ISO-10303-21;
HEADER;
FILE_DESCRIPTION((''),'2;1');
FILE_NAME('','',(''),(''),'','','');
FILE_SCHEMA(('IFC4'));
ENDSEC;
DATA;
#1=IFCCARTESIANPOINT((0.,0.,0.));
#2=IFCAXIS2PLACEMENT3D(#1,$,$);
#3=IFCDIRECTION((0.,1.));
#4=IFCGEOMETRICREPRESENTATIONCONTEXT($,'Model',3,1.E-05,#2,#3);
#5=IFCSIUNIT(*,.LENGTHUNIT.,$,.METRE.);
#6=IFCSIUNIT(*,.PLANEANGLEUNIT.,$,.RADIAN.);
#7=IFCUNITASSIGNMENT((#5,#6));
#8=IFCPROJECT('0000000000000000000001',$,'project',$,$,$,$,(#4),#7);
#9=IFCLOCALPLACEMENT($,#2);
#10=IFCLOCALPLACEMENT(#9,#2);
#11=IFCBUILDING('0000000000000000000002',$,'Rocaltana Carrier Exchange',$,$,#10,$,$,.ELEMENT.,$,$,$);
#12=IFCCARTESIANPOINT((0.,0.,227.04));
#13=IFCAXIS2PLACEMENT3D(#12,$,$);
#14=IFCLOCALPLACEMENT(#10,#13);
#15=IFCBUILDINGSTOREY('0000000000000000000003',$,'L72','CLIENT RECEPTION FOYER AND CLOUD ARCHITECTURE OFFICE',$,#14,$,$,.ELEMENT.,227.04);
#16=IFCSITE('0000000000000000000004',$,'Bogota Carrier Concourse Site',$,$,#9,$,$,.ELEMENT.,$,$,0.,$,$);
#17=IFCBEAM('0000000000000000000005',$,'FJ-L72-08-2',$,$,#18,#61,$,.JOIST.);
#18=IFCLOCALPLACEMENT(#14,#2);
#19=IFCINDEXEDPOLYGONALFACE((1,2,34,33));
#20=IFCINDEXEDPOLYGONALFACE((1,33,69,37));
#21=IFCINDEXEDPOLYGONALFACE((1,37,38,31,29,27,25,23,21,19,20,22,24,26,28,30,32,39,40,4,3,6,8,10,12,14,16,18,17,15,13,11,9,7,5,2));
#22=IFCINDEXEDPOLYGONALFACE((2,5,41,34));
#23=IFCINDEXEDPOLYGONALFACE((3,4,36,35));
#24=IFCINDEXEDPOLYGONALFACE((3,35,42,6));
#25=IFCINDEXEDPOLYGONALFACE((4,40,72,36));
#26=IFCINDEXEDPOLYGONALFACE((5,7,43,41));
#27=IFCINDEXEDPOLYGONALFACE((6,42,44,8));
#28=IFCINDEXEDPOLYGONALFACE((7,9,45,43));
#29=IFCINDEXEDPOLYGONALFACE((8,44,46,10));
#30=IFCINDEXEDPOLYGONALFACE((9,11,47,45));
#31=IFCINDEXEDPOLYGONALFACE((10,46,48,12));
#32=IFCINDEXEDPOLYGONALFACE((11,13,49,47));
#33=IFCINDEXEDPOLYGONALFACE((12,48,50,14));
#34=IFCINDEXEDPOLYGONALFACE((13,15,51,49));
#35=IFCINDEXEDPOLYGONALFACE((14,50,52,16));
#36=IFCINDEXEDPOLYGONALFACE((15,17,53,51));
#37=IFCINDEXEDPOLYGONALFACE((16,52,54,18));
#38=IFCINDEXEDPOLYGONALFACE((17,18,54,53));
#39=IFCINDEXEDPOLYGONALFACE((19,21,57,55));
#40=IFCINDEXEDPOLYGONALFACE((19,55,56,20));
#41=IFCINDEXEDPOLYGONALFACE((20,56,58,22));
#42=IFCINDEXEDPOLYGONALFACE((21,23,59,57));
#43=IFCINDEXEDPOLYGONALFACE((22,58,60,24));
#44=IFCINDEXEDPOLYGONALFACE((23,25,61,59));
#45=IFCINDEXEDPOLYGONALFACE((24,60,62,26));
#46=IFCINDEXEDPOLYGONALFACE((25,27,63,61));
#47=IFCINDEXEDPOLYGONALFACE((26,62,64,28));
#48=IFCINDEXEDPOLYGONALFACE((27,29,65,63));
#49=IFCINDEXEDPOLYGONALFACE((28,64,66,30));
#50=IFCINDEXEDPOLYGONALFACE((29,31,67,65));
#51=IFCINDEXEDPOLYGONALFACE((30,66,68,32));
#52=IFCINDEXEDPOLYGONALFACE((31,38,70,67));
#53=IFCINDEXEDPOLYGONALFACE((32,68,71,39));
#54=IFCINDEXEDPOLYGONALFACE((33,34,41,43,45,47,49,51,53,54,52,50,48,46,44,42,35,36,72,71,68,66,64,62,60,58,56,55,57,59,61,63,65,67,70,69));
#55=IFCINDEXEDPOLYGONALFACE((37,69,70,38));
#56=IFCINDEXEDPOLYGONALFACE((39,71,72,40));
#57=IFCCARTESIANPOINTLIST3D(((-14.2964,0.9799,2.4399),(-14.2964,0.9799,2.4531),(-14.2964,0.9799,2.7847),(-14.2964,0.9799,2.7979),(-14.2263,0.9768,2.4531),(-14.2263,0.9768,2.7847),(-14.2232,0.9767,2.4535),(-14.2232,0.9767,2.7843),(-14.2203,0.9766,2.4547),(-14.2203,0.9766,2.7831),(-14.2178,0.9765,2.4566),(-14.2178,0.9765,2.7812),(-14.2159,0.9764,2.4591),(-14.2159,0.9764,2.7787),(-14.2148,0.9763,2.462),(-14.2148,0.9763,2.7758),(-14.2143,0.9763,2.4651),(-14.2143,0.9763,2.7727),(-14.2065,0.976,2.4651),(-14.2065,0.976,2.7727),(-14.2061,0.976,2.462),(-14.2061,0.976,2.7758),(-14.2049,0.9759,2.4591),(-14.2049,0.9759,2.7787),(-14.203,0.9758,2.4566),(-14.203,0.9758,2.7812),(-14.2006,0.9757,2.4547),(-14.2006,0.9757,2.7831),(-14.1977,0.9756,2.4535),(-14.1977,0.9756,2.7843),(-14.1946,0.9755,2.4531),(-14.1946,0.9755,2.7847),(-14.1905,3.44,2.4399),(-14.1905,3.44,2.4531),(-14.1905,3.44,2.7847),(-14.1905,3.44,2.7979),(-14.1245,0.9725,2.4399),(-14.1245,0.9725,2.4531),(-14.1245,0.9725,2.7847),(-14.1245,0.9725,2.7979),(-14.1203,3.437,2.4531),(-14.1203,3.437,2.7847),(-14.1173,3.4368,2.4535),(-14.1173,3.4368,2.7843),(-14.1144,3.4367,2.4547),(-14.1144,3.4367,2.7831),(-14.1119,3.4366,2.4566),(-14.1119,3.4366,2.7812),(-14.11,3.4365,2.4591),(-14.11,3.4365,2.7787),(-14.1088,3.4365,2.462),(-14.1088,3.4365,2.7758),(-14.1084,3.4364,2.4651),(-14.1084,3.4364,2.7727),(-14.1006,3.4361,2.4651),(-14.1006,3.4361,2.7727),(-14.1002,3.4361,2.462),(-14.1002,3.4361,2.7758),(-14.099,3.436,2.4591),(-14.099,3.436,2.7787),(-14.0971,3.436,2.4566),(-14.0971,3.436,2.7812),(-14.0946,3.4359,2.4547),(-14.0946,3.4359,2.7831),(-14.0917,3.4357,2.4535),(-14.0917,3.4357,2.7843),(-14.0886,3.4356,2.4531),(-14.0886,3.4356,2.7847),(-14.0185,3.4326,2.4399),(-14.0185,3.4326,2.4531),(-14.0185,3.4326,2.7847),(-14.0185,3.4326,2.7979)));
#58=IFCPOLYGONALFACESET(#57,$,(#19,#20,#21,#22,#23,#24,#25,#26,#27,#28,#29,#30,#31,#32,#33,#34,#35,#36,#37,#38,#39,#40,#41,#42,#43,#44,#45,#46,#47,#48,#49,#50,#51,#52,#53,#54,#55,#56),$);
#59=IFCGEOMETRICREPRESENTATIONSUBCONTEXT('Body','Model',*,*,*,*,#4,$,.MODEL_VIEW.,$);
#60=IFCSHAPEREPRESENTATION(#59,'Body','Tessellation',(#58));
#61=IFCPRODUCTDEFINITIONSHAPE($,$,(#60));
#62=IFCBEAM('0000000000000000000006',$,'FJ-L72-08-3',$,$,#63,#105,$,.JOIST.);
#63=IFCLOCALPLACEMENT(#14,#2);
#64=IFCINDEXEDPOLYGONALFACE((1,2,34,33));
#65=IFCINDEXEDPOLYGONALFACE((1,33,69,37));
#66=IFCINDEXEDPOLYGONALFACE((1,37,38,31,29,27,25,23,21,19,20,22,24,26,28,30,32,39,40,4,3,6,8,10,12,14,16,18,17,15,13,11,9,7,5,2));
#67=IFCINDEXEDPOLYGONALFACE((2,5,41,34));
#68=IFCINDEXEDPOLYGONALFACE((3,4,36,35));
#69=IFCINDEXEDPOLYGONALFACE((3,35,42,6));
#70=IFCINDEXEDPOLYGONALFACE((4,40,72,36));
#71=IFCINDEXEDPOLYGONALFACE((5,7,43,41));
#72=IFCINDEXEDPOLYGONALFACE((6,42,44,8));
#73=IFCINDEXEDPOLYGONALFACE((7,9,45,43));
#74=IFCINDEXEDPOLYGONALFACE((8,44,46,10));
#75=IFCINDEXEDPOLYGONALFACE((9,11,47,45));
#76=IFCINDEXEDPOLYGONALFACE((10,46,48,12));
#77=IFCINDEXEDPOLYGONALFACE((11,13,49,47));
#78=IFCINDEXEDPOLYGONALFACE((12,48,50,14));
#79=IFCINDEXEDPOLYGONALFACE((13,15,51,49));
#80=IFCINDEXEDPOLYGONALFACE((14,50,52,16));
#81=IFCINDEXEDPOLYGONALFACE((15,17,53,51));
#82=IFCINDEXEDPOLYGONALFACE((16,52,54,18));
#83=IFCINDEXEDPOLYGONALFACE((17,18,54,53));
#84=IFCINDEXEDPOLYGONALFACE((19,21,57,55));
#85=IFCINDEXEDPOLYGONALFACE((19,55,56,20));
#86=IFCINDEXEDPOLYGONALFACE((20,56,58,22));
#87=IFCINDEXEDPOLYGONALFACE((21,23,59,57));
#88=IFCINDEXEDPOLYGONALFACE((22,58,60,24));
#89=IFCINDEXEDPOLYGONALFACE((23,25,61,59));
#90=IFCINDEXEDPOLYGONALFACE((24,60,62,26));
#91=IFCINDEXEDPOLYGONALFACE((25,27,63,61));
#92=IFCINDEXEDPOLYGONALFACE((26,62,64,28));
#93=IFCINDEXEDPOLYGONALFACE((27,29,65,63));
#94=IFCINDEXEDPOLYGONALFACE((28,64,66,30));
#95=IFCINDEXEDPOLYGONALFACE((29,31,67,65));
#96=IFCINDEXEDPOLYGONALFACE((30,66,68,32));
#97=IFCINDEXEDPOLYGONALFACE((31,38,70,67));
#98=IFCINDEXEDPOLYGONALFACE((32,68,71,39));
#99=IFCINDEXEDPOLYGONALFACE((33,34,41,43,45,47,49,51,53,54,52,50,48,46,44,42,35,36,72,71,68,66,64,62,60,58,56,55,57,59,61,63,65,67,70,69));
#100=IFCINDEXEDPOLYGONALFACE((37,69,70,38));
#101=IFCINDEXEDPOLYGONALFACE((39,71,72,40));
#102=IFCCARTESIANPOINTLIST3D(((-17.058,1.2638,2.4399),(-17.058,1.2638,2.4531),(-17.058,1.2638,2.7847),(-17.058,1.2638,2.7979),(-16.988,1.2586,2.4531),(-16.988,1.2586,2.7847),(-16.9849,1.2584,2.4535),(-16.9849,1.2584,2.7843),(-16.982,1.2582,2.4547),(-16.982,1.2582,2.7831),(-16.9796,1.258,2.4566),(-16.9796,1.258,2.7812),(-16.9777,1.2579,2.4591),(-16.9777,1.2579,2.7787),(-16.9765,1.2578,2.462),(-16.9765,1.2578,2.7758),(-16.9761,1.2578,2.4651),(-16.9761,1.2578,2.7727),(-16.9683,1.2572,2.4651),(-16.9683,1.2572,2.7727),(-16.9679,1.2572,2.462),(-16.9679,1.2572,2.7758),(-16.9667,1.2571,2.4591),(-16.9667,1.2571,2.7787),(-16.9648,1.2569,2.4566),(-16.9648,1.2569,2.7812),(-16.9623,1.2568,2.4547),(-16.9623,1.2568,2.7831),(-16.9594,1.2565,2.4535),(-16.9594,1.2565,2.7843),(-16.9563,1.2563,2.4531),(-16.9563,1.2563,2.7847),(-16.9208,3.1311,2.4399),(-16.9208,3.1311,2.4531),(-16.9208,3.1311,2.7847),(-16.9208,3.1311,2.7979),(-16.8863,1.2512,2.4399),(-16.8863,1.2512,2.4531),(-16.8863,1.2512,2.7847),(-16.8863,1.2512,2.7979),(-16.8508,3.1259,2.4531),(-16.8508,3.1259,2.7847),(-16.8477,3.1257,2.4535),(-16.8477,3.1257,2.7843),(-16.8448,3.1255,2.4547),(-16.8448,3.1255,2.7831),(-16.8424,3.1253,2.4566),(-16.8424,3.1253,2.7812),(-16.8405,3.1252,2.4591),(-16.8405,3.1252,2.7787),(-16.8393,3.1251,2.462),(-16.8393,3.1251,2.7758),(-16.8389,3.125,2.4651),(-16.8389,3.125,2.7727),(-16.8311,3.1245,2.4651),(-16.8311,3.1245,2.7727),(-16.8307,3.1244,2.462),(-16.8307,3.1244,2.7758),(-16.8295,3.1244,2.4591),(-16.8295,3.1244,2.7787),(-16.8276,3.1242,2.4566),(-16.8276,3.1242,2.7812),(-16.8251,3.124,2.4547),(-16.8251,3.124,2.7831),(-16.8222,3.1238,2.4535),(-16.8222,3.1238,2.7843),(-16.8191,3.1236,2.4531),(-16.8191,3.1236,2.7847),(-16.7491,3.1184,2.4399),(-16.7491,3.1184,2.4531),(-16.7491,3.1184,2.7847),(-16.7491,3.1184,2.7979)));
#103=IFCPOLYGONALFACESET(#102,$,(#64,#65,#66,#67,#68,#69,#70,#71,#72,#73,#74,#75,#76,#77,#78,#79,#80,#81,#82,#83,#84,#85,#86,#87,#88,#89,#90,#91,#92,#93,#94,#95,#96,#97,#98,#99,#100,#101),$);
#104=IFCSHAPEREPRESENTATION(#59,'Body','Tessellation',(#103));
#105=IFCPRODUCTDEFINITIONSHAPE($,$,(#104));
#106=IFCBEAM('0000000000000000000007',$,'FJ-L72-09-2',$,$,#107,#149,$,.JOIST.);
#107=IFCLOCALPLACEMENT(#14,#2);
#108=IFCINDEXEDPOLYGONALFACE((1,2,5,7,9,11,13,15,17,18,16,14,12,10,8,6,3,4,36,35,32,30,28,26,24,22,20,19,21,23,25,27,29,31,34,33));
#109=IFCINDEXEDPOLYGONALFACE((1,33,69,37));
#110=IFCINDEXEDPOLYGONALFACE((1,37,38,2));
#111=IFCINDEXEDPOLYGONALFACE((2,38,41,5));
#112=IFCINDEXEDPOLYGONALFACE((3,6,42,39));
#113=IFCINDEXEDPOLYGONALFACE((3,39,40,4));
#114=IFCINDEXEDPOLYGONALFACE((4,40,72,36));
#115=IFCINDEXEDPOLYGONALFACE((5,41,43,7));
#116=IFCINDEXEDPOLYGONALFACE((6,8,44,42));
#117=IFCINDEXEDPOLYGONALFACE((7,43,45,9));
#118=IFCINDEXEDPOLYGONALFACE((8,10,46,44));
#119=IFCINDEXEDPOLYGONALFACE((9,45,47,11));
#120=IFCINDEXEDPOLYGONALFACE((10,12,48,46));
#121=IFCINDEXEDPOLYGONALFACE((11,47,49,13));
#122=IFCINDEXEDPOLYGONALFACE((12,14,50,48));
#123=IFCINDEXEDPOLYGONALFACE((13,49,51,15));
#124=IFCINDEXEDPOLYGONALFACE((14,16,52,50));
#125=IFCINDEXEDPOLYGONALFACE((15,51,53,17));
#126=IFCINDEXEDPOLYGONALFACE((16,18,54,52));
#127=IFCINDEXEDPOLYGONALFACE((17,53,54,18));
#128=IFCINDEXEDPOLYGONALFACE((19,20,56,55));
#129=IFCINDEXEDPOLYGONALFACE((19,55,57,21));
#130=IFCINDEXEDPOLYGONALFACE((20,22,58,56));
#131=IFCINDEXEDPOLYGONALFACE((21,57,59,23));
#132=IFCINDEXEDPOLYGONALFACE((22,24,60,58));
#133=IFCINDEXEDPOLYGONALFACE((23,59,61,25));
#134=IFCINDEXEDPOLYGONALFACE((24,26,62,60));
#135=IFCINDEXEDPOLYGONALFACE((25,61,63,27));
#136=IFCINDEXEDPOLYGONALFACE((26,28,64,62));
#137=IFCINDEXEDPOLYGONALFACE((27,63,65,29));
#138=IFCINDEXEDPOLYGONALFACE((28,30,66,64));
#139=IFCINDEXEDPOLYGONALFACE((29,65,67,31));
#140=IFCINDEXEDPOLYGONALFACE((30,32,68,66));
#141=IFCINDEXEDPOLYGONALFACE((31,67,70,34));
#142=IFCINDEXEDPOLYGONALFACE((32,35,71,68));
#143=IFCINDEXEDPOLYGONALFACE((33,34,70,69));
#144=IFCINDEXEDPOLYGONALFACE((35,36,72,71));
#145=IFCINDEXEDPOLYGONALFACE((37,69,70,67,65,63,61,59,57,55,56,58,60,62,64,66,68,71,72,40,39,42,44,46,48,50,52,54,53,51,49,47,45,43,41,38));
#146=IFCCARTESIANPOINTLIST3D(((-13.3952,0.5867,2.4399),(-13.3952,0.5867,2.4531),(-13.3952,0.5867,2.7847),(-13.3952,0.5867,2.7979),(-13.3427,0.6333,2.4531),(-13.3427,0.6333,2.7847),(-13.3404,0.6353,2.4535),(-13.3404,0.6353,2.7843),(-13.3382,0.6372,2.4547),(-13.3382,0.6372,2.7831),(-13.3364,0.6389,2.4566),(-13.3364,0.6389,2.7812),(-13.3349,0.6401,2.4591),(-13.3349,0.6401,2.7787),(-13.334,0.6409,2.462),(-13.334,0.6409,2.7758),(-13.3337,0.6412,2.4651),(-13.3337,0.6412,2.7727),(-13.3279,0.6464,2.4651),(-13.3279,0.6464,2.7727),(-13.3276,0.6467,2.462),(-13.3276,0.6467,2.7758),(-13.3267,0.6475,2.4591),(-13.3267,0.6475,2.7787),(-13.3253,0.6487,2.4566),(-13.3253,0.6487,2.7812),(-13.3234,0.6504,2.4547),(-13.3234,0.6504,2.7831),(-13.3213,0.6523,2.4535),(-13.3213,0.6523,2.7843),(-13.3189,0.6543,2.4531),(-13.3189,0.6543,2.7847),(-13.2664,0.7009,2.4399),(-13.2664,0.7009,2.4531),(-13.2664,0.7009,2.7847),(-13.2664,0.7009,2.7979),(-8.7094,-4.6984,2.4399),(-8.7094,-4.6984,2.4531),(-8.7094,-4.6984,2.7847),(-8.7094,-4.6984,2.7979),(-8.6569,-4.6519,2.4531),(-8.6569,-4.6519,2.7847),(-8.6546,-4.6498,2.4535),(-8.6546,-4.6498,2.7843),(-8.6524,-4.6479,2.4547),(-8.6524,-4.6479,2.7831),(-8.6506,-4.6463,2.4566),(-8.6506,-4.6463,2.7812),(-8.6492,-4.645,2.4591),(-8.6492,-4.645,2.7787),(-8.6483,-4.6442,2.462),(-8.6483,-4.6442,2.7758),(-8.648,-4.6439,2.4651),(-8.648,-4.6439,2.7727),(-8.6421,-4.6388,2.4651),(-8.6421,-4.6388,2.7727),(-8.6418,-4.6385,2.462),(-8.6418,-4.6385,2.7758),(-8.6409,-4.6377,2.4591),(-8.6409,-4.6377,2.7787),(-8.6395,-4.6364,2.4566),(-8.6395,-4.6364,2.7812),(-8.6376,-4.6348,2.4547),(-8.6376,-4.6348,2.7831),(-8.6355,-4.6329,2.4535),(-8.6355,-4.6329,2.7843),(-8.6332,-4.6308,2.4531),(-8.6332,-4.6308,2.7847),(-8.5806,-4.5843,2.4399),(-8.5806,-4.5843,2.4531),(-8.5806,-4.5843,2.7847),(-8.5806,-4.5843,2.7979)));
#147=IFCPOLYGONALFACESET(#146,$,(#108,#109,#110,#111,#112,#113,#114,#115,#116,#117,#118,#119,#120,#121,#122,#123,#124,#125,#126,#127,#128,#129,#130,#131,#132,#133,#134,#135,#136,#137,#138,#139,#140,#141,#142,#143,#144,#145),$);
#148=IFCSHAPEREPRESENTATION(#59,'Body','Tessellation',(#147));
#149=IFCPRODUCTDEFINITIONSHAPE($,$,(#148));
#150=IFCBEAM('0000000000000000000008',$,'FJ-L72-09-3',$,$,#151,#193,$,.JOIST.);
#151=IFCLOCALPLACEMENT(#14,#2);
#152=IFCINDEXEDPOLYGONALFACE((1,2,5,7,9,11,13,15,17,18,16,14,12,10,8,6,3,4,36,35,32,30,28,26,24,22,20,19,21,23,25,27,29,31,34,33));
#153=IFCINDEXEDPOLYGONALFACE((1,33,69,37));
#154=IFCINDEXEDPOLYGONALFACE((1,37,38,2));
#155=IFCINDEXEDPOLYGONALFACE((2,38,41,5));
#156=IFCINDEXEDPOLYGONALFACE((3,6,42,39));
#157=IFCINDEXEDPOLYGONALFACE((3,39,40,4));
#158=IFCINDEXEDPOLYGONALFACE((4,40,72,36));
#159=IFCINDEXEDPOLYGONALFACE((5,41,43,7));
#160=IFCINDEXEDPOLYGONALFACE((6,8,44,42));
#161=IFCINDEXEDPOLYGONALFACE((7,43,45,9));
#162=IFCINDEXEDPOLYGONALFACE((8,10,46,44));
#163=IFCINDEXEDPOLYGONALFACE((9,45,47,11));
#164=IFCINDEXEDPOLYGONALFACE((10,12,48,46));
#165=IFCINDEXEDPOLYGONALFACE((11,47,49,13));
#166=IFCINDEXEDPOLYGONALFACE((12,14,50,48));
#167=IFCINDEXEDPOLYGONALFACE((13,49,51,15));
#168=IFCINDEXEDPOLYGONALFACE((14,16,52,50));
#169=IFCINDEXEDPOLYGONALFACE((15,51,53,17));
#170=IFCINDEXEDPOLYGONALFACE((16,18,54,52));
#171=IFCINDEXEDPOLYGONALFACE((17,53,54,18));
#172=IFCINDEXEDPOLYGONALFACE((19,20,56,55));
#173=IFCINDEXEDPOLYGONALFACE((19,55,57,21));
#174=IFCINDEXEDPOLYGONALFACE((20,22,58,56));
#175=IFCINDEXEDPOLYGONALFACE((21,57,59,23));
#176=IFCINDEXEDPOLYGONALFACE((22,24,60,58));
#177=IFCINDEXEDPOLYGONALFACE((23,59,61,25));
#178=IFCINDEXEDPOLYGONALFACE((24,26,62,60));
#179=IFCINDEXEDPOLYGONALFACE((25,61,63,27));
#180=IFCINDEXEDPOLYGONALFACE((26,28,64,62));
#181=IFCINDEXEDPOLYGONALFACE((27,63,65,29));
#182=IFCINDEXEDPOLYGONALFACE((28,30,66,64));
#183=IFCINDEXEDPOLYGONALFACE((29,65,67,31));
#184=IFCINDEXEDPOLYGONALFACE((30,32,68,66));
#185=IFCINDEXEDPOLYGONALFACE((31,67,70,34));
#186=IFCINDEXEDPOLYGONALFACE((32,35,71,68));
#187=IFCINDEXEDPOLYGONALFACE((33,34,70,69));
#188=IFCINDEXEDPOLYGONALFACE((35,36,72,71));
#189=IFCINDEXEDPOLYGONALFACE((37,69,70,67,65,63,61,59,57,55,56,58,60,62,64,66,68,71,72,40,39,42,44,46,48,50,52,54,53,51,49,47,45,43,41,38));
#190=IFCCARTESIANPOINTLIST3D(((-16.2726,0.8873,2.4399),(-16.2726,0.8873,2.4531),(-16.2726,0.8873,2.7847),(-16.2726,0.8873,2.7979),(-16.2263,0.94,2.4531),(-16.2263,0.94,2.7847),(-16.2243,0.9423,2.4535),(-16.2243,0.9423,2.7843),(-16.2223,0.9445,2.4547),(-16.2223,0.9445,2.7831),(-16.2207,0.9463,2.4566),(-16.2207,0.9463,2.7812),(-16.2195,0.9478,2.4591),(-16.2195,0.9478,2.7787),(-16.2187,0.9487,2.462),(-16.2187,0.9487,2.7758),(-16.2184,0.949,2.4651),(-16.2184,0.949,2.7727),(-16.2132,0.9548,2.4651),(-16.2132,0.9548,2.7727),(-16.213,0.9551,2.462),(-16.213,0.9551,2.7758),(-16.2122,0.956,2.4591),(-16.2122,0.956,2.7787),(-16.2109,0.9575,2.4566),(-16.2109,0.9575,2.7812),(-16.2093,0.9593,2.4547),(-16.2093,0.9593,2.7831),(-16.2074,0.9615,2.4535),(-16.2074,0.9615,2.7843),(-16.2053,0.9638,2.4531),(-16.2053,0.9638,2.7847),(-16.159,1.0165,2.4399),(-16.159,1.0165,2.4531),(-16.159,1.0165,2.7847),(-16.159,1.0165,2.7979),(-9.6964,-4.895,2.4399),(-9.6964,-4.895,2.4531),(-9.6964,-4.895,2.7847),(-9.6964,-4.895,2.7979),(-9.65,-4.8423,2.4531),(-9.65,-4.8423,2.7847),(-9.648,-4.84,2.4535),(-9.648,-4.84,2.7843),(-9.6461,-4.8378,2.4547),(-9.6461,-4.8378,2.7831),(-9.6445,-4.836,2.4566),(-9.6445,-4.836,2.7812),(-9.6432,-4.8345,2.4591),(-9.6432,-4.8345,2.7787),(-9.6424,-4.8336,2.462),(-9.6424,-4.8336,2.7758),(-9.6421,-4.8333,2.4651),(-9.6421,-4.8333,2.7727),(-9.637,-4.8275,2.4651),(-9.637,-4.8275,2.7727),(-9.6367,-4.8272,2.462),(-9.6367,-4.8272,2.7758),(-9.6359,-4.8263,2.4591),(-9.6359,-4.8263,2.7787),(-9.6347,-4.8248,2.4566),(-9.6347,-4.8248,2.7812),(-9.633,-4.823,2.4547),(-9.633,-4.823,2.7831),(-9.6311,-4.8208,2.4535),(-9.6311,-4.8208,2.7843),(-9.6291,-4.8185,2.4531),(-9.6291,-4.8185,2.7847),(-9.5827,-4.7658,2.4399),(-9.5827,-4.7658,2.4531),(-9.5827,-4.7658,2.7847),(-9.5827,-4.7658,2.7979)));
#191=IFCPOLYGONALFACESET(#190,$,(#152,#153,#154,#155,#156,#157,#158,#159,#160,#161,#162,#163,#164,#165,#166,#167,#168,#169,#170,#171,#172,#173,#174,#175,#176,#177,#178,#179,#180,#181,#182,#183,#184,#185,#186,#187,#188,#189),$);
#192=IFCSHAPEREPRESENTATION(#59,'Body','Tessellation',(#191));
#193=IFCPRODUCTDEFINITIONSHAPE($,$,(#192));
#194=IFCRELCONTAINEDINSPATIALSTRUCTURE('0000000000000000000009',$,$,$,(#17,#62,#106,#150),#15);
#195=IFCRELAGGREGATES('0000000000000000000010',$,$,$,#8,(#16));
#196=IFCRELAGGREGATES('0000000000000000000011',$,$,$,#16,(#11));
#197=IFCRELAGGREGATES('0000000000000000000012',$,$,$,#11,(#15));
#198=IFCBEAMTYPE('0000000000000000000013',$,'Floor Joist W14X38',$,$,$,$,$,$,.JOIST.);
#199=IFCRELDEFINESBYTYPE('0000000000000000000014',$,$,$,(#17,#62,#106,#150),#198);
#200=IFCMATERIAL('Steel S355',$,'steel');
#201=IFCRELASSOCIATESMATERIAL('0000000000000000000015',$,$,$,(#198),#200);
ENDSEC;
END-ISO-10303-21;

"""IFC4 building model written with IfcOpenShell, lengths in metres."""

from ifc_helpers import new_model, si_unit, direction, frame, origin, origin_2d, place, context, subcontext, project, spatial, i_section, extrude, material, material_profile, profile_set, type_object, element, save


model = new_model("IFC4")

# Units and contexts
model_context = context("Model", 3, precision=1e-05, world=origin(), true_north=direction((0.0, 1.0)))
body_context = subcontext(model_context, "Body", "Model", "MODEL_VIEW")
ifc_project = project(units=[si_unit("LENGTHUNIT", "METRE"), si_unit("PLANEANGLEUNIT", "RADIAN")], contexts=[model_context])

# Site, building, storey
site_placement = place(None, origin())
site = spatial("IfcSite", under=ifc_project, at=site_placement, Name="Bogota Carrier Concourse Site", CompositionType="ELEMENT", RefElevation=0.0)
building_placement = place(site_placement, origin())
building = spatial("IfcBuilding", under=site, at=building_placement, Name="Rocaltana Carrier Exchange", CompositionType="ELEMENT")
storey_placement = place(building_placement, frame((0.0, 0.0, 227.04)))
storey = spatial("IfcBuildingStorey", under=building, at=storey_placement, Name="L72", Description="CLIENT RECEPTION FOYER AND CLOUD ARCHITECTURE OFFICE", CompositionType="ELEMENT", Elevation=227.04)

# Beams
ifc_material_1 = material(Name="Steel S355", Category="steel")
ifc_material_profile_1 = material_profile(ifc_material_1, i_section(OverallWidth=0.1721, OverallDepth=0.3579, WebThickness=0.0078, FlangeThickness=0.0132, FilletRadius=0.012, at=origin_2d()), Name="W14X38")
ifc_profile_set_1 = profile_set([ifc_material_profile_1], Name="Steel S355")
beam_type_1 = type_object("IfcBeamType", Name="Floor Joist W14X38", PredefinedType="JOIST", material=ifc_profile_set_1)
beam_1_placement = place(storey_placement, frame((-14.1045, 3.4363, 2.6189), z_axis=(-0.043028, -0.999074, 0.0), x_axis=(0.999074, -0.043028, 0.0)))
element("IfcBeam", 1, at=beam_1_placement, inside=storey, type_object=beam_type_1, Name="FJ-L72-08-2", PredefinedType="JOIST", context=body_context, shape_type="SweptSolid", body=[
    extrude(i_section(OverallWidth=0.1721, OverallDepth=0.3579, WebThickness=0.0078, FlangeThickness=0.0132, FilletRadius=0.012, at=origin_2d()), origin(), (0.0, 0.0, 1.0), 2.4624),
])
beam_2_placement = place(storey_placement, frame((-16.835, 3.1248, 2.6189), z_axis=(-0.073286, -0.997311, 0.0), x_axis=(0.997311, -0.073286, 0.0)))
element("IfcBeam", 2, at=beam_2_placement, inside=storey, type_object=beam_type_1, Name="FJ-L72-08-3", PredefinedType="JOIST", context=body_context, shape_type="SweptSolid", body=[
    extrude(i_section(OverallWidth=0.1721, OverallDepth=0.3579, WebThickness=0.0078, FlangeThickness=0.0132, FilletRadius=0.012, at=origin_2d()), origin(), (0.0, 0.0, 1.0), 1.8723),
])
beam_3_placement = place(storey_placement, frame((-13.3308, 0.6438, 2.6189), z_axis=(0.663404, -0.748261, 0.0), x_axis=(0.748261, 0.663404, 0.0)))
element("IfcBeam", 3, at=beam_3_placement, inside=storey, type_object=beam_type_1, Name="FJ-L72-09-2", PredefinedType="JOIST", context=body_context, shape_type="SweptSolid", body=[
    extrude(i_section(OverallWidth=0.1721, OverallDepth=0.3579, WebThickness=0.0078, FlangeThickness=0.0132, FilletRadius=0.012, at=origin_2d()), origin(), (0.0, 0.0, 1.0), 7.0632),
])
beam_4_placement = place(storey_placement, frame((-16.2158, 0.9519, 2.6189), z_axis=(0.750986, -0.660319, 0.0), x_axis=(0.660319, 0.750986, 0.0)))
element("IfcBeam", 4, at=beam_4_placement, inside=storey, type_object=beam_type_1, Name="FJ-L72-09-3", PredefinedType="JOIST", context=body_context, shape_type="SweptSolid", body=[
    extrude(i_section(OverallWidth=0.1721, OverallDepth=0.3579, WebThickness=0.0078, FlangeThickness=0.0132, FilletRadius=0.012, at=origin_2d()), origin(), (0.0, 0.0, 1.0), 8.7568),
])

save(model, "model.ifc")
